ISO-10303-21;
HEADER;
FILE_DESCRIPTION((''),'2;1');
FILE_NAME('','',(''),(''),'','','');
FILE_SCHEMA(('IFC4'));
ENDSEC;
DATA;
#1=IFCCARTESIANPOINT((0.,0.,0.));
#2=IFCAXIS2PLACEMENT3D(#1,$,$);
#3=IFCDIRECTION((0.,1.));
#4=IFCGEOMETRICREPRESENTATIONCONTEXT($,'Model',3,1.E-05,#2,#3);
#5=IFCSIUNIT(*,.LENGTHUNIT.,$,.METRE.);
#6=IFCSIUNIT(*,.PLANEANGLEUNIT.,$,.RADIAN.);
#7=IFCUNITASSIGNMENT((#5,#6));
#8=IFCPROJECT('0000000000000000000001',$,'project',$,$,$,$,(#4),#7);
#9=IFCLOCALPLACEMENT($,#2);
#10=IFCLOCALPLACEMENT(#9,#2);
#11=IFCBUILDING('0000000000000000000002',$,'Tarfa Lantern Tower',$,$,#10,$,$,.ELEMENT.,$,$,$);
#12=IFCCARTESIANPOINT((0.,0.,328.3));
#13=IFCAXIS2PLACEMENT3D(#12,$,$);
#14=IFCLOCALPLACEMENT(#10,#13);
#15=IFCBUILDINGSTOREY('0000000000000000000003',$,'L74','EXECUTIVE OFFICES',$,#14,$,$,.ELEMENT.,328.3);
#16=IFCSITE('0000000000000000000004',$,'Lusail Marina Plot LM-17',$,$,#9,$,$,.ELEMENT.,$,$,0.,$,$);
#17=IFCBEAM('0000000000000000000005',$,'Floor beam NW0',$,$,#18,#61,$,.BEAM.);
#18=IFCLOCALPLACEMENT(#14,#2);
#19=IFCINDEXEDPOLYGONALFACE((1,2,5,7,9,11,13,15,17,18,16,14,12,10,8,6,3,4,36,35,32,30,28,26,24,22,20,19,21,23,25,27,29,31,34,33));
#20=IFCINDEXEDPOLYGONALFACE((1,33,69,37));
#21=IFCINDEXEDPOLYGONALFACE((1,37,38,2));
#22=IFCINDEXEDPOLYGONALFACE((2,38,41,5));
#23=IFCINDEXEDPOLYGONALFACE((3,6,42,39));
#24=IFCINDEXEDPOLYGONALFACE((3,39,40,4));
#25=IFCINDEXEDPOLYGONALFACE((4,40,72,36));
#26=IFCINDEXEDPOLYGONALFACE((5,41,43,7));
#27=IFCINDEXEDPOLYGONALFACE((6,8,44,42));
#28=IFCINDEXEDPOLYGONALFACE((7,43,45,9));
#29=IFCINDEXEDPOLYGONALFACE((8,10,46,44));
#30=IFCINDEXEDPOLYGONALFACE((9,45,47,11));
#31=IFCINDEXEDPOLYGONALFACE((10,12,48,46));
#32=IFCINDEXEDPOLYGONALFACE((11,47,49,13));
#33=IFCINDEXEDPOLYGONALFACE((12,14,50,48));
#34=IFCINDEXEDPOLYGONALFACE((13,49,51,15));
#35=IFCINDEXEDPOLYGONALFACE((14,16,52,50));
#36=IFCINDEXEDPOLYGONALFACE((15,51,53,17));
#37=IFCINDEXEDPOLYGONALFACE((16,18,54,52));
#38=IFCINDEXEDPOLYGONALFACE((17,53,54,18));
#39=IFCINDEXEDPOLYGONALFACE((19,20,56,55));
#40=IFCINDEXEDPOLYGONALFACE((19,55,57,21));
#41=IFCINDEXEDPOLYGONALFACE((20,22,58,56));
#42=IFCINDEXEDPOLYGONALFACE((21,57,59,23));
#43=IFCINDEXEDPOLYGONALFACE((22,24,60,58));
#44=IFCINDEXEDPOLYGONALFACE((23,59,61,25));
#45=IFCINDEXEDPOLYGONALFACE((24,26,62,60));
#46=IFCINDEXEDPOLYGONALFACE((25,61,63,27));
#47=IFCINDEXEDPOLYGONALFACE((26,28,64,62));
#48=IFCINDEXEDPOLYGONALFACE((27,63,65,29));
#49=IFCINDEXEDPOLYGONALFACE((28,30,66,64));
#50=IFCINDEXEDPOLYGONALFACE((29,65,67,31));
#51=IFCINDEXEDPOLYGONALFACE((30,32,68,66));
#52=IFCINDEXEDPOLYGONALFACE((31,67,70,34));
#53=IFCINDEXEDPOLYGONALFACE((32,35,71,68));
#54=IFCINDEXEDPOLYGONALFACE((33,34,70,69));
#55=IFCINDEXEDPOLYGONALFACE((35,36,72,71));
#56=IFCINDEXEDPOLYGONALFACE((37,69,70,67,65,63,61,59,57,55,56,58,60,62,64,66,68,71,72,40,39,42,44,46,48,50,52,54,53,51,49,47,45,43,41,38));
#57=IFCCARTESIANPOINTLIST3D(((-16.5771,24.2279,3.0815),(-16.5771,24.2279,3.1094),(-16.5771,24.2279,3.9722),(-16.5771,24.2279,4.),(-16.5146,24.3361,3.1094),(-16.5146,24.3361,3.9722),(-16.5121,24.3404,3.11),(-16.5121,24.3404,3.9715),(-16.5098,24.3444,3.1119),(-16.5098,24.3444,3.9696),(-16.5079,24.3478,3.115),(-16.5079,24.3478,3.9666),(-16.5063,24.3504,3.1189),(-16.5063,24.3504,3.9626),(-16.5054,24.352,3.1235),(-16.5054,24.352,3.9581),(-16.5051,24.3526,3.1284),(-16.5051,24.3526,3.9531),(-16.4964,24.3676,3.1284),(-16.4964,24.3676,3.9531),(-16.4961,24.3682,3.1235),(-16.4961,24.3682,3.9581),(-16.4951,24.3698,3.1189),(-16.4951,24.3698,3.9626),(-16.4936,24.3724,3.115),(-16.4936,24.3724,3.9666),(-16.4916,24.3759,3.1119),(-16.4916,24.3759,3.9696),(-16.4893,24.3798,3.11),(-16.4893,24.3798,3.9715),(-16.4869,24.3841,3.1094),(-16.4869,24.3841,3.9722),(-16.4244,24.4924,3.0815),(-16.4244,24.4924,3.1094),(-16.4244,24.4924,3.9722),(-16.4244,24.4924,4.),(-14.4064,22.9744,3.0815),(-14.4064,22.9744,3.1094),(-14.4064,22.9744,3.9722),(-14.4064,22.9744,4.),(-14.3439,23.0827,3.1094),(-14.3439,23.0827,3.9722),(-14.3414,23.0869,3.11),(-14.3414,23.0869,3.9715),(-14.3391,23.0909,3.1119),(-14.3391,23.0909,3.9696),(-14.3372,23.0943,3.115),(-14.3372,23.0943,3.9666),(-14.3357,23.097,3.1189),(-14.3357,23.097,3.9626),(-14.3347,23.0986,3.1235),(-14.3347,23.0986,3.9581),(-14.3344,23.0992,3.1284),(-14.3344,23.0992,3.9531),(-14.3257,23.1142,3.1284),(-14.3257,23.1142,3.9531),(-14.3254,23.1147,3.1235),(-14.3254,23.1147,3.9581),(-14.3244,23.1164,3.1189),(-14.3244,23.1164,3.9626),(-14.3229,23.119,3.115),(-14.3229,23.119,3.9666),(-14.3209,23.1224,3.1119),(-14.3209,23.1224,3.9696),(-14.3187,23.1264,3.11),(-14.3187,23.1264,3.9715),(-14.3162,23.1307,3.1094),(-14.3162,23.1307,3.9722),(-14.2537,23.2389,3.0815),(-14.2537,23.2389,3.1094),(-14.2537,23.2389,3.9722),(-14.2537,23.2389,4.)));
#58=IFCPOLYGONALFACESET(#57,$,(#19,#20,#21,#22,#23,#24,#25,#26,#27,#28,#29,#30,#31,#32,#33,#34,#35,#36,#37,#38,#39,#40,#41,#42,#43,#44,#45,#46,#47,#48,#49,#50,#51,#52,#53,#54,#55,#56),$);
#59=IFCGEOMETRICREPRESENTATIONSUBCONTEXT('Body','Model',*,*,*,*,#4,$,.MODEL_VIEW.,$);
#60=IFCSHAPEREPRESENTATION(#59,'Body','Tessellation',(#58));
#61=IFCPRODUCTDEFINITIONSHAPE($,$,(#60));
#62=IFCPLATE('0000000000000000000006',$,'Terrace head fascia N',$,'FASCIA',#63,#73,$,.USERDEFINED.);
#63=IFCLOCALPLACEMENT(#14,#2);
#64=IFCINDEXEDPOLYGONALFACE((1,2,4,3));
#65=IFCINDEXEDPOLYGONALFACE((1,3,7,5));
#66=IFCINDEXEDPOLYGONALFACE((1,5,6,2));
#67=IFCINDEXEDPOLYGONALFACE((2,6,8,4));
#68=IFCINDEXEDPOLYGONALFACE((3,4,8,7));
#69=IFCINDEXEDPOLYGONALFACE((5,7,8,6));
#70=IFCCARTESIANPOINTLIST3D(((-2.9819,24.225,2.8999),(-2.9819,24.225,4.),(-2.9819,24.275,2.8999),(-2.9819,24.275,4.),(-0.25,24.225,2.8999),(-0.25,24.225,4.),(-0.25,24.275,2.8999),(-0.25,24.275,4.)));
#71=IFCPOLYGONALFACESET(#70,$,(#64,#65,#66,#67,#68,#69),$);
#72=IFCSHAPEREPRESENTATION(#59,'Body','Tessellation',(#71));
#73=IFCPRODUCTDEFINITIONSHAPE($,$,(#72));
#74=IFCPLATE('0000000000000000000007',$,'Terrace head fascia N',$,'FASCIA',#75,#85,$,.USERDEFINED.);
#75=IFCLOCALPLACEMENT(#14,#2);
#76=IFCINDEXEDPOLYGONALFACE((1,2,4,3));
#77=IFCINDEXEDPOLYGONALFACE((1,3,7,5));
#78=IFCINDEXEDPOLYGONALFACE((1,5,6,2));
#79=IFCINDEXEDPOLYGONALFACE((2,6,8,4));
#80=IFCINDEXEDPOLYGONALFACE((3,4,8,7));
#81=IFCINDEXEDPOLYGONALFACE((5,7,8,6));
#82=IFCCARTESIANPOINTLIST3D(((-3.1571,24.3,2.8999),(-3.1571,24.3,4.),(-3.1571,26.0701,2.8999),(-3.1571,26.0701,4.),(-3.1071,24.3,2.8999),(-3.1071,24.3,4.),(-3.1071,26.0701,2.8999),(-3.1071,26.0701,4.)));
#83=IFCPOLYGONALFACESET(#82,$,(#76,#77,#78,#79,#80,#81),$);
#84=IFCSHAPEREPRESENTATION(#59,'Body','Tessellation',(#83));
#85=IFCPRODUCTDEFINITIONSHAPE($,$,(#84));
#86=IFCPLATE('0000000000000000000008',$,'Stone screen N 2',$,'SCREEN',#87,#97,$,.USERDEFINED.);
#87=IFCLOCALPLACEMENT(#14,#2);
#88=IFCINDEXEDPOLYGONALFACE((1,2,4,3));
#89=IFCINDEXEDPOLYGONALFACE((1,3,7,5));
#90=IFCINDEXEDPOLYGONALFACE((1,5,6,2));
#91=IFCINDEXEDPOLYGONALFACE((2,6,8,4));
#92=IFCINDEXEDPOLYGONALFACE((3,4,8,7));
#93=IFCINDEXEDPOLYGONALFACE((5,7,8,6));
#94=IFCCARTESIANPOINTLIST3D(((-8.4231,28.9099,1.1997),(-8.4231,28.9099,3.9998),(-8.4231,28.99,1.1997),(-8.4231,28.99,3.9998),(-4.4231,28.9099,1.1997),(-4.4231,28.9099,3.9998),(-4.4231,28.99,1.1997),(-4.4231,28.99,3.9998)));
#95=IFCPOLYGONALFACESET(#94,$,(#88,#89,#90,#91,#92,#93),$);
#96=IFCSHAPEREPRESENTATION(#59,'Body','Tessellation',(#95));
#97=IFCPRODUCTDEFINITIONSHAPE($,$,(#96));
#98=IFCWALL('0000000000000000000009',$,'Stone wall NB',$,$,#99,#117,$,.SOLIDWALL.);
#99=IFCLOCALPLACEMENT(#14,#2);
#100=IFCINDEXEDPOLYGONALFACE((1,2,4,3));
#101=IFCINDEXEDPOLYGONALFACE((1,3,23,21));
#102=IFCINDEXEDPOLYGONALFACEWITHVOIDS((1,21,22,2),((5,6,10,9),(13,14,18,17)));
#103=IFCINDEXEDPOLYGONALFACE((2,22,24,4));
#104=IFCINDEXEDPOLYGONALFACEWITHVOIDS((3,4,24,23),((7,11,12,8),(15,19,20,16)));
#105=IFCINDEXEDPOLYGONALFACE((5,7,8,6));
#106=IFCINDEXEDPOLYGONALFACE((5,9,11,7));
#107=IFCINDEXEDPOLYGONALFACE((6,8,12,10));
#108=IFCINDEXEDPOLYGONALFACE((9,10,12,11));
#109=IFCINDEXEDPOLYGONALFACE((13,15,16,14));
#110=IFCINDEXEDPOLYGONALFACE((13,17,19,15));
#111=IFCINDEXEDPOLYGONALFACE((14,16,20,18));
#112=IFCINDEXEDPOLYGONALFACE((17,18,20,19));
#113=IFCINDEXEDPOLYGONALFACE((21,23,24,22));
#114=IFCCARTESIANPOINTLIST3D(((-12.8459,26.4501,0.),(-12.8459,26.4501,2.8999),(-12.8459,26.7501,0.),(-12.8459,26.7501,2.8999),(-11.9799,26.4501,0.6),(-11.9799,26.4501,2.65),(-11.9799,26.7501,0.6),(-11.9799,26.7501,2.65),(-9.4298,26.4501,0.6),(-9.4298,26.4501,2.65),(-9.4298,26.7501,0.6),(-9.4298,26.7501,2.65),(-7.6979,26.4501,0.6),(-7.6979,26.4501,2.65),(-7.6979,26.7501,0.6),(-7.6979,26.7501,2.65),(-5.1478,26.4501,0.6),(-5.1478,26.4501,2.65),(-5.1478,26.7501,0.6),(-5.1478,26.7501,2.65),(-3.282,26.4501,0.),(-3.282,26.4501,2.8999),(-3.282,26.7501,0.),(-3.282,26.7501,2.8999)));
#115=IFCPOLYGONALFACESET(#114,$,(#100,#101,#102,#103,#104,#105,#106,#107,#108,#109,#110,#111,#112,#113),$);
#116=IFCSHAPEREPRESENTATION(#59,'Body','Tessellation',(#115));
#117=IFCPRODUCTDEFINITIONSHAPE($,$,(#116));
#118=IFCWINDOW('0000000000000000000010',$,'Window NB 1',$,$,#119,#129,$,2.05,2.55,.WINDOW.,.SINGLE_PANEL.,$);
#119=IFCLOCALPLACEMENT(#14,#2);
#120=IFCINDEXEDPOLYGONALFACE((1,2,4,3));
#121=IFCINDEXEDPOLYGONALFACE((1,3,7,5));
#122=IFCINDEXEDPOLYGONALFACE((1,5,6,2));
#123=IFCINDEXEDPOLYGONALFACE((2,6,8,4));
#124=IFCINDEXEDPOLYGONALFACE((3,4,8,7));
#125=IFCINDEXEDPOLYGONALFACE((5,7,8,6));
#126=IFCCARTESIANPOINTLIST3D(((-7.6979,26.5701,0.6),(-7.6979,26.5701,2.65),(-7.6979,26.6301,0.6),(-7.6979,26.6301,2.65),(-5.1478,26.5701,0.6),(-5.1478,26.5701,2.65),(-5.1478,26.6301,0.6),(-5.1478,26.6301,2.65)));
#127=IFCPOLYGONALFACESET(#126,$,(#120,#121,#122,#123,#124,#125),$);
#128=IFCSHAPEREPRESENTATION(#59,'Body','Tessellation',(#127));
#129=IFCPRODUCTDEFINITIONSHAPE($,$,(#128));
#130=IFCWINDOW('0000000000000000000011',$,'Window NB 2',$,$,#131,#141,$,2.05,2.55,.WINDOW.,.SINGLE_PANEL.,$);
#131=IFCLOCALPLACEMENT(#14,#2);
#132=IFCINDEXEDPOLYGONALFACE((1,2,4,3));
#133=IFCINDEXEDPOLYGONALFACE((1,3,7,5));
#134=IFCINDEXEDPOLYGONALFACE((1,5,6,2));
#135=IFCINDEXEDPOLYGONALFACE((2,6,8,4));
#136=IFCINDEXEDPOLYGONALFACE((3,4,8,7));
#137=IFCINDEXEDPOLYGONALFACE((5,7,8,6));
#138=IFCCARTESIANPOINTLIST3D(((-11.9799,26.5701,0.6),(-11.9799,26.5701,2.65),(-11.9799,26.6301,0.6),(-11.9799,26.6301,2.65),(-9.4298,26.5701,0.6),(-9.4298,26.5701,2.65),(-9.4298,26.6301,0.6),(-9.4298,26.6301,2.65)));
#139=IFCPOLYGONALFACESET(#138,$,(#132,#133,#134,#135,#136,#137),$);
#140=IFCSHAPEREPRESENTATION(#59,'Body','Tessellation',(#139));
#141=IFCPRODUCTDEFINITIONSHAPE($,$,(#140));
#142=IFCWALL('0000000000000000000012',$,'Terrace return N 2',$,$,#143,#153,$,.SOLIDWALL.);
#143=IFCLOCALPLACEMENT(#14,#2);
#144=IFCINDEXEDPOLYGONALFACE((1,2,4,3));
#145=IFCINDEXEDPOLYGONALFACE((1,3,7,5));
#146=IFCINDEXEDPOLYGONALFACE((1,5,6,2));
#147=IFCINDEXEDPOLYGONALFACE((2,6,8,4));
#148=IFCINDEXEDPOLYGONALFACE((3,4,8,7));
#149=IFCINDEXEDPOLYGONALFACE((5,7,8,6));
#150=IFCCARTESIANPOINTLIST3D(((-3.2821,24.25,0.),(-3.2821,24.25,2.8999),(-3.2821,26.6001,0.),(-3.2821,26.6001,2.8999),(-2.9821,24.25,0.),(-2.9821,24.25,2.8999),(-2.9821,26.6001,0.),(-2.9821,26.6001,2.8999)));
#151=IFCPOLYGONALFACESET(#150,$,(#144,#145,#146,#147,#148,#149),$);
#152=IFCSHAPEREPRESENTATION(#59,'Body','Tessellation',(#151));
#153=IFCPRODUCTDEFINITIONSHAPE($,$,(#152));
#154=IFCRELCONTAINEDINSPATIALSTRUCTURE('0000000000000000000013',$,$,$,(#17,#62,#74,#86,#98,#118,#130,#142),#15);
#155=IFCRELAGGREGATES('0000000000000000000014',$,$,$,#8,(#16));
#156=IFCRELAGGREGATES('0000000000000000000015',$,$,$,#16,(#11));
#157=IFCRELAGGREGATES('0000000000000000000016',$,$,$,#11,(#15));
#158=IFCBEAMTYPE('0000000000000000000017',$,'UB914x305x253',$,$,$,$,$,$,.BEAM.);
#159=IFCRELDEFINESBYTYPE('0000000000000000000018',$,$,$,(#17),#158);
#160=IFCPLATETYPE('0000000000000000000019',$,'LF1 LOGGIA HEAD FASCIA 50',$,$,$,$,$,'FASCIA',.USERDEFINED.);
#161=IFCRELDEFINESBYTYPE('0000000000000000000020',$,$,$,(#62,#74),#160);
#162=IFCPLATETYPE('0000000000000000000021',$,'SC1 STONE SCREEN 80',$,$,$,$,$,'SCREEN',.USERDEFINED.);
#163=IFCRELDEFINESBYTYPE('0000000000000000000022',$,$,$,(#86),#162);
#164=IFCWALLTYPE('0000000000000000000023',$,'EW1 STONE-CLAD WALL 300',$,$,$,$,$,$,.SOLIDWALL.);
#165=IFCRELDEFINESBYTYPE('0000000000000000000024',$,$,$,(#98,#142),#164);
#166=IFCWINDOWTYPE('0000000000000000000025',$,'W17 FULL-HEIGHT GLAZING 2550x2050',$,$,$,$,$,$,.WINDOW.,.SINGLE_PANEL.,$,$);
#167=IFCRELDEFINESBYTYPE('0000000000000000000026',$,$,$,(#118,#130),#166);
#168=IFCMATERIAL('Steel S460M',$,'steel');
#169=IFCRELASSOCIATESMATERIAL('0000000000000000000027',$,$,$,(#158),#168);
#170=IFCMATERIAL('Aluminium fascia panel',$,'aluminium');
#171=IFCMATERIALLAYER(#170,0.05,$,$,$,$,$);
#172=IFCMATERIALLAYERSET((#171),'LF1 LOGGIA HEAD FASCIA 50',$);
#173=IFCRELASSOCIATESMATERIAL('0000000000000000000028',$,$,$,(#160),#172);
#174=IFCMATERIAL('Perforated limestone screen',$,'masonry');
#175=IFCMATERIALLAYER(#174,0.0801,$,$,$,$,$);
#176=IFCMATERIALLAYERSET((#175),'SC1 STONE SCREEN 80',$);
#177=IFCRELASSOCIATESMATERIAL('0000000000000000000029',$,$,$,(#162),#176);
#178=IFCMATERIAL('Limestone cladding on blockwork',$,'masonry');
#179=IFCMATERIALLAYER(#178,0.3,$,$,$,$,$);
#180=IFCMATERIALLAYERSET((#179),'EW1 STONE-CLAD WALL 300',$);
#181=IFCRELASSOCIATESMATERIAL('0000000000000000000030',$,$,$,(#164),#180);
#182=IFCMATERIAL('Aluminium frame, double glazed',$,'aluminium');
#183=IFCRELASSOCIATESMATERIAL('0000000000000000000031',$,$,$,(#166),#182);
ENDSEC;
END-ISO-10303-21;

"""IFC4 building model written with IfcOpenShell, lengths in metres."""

from ifc_helpers import new_model, si_unit, direction, frame, frame_2d, origin, origin_2d, place, context, subcontext, project, spatial, rectangle, i_section, extrude, material, layer, layer_set, material_profile, profile_set, type_object, element, fill, save


model = new_model("IFC4")

# Units and contexts
model_context = context("Model", 3, precision=1e-05, world=origin(), true_north=direction((0.0, 1.0)))
body_context = subcontext(model_context, "Body", "Model", "MODEL_VIEW")
ifc_project = project(units=[si_unit("LENGTHUNIT", "METRE"), si_unit("PLANEANGLEUNIT", "RADIAN")], contexts=[model_context])

# Site, building, storey
site_placement = place(None, origin())
site = spatial("IfcSite", under=ifc_project, at=site_placement, Name="Lusail Marina Plot LM-17", CompositionType="ELEMENT", RefElevation=0.0)
building_placement = place(site_placement, origin())
building = spatial("IfcBuilding", under=site, at=building_placement, Name="Tarfa Lantern Tower", CompositionType="ELEMENT")
storey_placement = place(building_placement, frame((0.0, 0.0, 328.3)))
storey = spatial("IfcBuildingStorey", under=building, at=storey_placement, Name="L74", Description="EXECUTIVE OFFICES", CompositionType="ELEMENT", Elevation=328.3)

# Beam
ifc_material_1 = material(Name="Steel S460M", Category="steel")
ifc_material_profile_1 = material_profile(ifc_material_1, i_section(OverallWidth=0.3054, OverallDepth=0.9185, WebThickness=0.0173, FlangeThickness=0.0278, FilletRadius=0.019, at=origin_2d()), Name="UB914x305x253")
ifc_profile_set_1 = profile_set([ifc_material_profile_1], Name="Steel S460M")
beam_type_1 = type_object("IfcBeamType", Name="UB914x305x253", PredefinedType="BEAM", material=ifc_profile_set_1)
beam_1_placement = place(storey_placement, frame((-16.5007, 24.3601, 3.5408), z_axis=(0.865993, -0.500057, 0.0), x_axis=(0.500057, 0.865993, 0.0)))
element("IfcBeam", 1, at=beam_1_placement, inside=storey, type_object=beam_type_1, Name="Floor beam NW0", PredefinedType="BEAM", context=body_context, shape_type="SweptSolid", body=[
    extrude(i_section(OverallWidth=0.3054, OverallDepth=0.9185, WebThickness=0.0173, FlangeThickness=0.0278, FilletRadius=0.019, at=origin_2d()), origin(), (0.0, 0.0, 1.0), 2.5066),
])

# Plates
ifc_material_2 = material(Name="Aluminium fascia panel", Category="aluminium")
ifc_layer_1 = layer(ifc_material_2, 0.05)
ifc_layer_set_1 = layer_set([ifc_layer_1], Name="LF1 LOGGIA HEAD FASCIA 50")
plate_type_1 = type_object("IfcPlateType", Name="LF1 LOGGIA HEAD FASCIA 50", ElementType="FASCIA", PredefinedType="USERDEFINED", material=ifc_layer_set_1)
plate_1_placement = place(storey_placement, frame((-1.616, 24.25, 2.8999), z_axis=(0.0, 0.0, 1.0), x_axis=(-1.0, 0.0, 0.0)))
element("IfcPlate", 2, at=plate_1_placement, inside=storey, type_object=plate_type_1, Name="Terrace head fascia N", ObjectType="FASCIA", PredefinedType="USERDEFINED", context=body_context, shape_type="SweptSolid", body=[
    extrude(rectangle(XDim=2.7319, YDim=0.05, at=origin_2d()), origin(), (0.0, 0.0, 1.0), 1.1001),
])
plate_2_placement = place(storey_placement, frame((-3.1321, 25.1851, 2.8999), z_axis=(0.0, 0.0, 1.0), x_axis=(0.0, -1.0, 0.0)))
element("IfcPlate", 3, at=plate_2_placement, inside=storey, type_object=plate_type_1, Name="Terrace head fascia N", ObjectType="FASCIA", PredefinedType="USERDEFINED", context=body_context, shape_type="SweptSolid", body=[
    extrude(rectangle(XDim=1.77, YDim=0.05, at=origin_2d()), origin(), (0.0, 0.0, 1.0), 1.1001),
])
ifc_material_3 = material(Name="Perforated limestone screen", Category="masonry")
ifc_layer_2 = layer(ifc_material_3, 0.0801)
ifc_layer_set_2 = layer_set([ifc_layer_2], Name="SC1 STONE SCREEN 80")
plate_type_2 = type_object("IfcPlateType", Name="SC1 STONE SCREEN 80", ElementType="SCREEN", PredefinedType="USERDEFINED", material=ifc_layer_set_2)
plate_3_placement = place(storey_placement, frame((-6.4231, 28.95, 1.1997), z_axis=(0.0, 0.0, 1.0), x_axis=(-1.0, 0.0, 0.0)))
element("IfcPlate", 4, at=plate_3_placement, inside=storey, type_object=plate_type_2, Name="Stone screen N 2", ObjectType="SCREEN", PredefinedType="USERDEFINED", context=body_context, shape_type="SweptSolid", body=[
    extrude(rectangle(XDim=4.0, YDim=0.0801, at=origin_2d()), origin(), (0.0, 0.0, 1.0), 2.8),
])

# Wall, openings, windows
ifc_material_4 = material(Name="Limestone cladding on blockwork", Category="masonry")
ifc_layer_3 = layer(ifc_material_4, 0.3)
ifc_layer_set_3 = layer_set([ifc_layer_3], Name="EW1 STONE-CLAD WALL 300")
wall_type = type_object("IfcWallType", Name="EW1 STONE-CLAD WALL 300", PredefinedType="SOLIDWALL", material=ifc_layer_set_3)
wall_1_placement = place(storey_placement, frame((-3.282, 26.6001, 0.0), z_axis=(0.0, 0.0, 1.0), x_axis=(-1.0, 0.0, 0.0)))
wall_1 = element("IfcWall", 5, at=wall_1_placement, inside=storey, type_object=wall_type, Name="Stone wall NB", PredefinedType="SOLIDWALL", context=body_context, shape_type="SweptSolid", body=[
    extrude(rectangle(XDim=9.564, YDim=0.3, at=frame_2d((4.782, 0.0))), origin(), (0.0, 0.0, 1.0), 2.8999),
])
opening_1_placement = place(wall_1_placement, frame((1.866, 0.0, 0.6001)))
opening_1 = element("IfcOpeningElement", 6, at=opening_1_placement, cuts=wall_1, PredefinedType="OPENING", context=body_context, shape_type="SweptSolid", body=[
    extrude(rectangle(XDim=2.55, YDim=2.05, at=frame_2d((1.2749, 1.0249))), frame((0.0, 0.1599, 0.0), z_axis=(0.0, -1.0, 0.0), x_axis=(1.0, 0.0, 0.0)), (0.0, 0.0, 1.0), 0.3201),
])
opening_2_placement = place(wall_1_placement, frame((6.1479, 0.0, 0.6001)))
opening_2 = element("IfcOpeningElement", 7, at=opening_2_placement, cuts=wall_1, PredefinedType="OPENING", context=body_context, shape_type="SweptSolid", body=[
    extrude(rectangle(XDim=2.55, YDim=2.05, at=frame_2d((1.2749, 1.0249))), frame((0.0, 0.1599, 0.0), z_axis=(0.0, -1.0, 0.0), x_axis=(1.0, 0.0, 0.0)), (0.0, 0.0, 1.0), 0.3201),
])
ifc_material_5 = material(Name="Aluminium frame, double glazed", Category="aluminium")
window_type = type_object("IfcWindowType", Name="W17 FULL-HEIGHT GLAZING 2550x2050", PartitioningType="SINGLE_PANEL", PredefinedType="WINDOW", material=ifc_material_5)
window_1_placement = place(opening_1_placement, origin())
window_1 = element("IfcWindow", 8, at=window_1_placement, inside=storey, type_object=window_type, Name="Window NB 1", OverallHeight=2.05, OverallWidth=2.55, PartitioningType="SINGLE_PANEL", PredefinedType="WINDOW", context=body_context, shape_type="SweptSolid", body=[
    extrude(rectangle(XDim=2.55, YDim=2.05, at=frame_2d((1.2749, 1.0249))), frame((0.0, 0.03, 0.0), z_axis=(0.0, -1.0, 0.0), x_axis=(1.0, 0.0, 0.0)), (0.0, 0.0, 1.0), 0.0601),
])
fill(opening_1, window_1)
window_2_placement = place(opening_2_placement, origin())
window_2 = element("IfcWindow", 9, at=window_2_placement, inside=storey, type_object=window_type, Name="Window NB 2", OverallHeight=2.05, OverallWidth=2.55, PartitioningType="SINGLE_PANEL", PredefinedType="WINDOW", context=body_context, shape_type="SweptSolid", body=[
    extrude(rectangle(XDim=2.55, YDim=2.05, at=frame_2d((1.2749, 1.0249))), frame((0.0, 0.03, 0.0), z_axis=(0.0, -1.0, 0.0), x_axis=(1.0, 0.0, 0.0)), (0.0, 0.0, 1.0), 0.0601),
])
fill(opening_2, window_2)

# Wall
wall_2_placement = place(storey_placement, frame((-3.1321, 26.6001, 0.0), z_axis=(0.0, 0.0, 1.0), x_axis=(0.0, -1.0, 0.0)))
element("IfcWall", 10, at=wall_2_placement, inside=storey, type_object=wall_type, Name="Terrace return N 2", PredefinedType="SOLIDWALL", context=body_context, shape_type="SweptSolid", body=[
    extrude(rectangle(XDim=2.3501, YDim=0.3, at=frame_2d((1.175, 0.0))), origin(), (0.0, 0.0, 1.0), 2.8999),
])

save(model, "model.ifc")
